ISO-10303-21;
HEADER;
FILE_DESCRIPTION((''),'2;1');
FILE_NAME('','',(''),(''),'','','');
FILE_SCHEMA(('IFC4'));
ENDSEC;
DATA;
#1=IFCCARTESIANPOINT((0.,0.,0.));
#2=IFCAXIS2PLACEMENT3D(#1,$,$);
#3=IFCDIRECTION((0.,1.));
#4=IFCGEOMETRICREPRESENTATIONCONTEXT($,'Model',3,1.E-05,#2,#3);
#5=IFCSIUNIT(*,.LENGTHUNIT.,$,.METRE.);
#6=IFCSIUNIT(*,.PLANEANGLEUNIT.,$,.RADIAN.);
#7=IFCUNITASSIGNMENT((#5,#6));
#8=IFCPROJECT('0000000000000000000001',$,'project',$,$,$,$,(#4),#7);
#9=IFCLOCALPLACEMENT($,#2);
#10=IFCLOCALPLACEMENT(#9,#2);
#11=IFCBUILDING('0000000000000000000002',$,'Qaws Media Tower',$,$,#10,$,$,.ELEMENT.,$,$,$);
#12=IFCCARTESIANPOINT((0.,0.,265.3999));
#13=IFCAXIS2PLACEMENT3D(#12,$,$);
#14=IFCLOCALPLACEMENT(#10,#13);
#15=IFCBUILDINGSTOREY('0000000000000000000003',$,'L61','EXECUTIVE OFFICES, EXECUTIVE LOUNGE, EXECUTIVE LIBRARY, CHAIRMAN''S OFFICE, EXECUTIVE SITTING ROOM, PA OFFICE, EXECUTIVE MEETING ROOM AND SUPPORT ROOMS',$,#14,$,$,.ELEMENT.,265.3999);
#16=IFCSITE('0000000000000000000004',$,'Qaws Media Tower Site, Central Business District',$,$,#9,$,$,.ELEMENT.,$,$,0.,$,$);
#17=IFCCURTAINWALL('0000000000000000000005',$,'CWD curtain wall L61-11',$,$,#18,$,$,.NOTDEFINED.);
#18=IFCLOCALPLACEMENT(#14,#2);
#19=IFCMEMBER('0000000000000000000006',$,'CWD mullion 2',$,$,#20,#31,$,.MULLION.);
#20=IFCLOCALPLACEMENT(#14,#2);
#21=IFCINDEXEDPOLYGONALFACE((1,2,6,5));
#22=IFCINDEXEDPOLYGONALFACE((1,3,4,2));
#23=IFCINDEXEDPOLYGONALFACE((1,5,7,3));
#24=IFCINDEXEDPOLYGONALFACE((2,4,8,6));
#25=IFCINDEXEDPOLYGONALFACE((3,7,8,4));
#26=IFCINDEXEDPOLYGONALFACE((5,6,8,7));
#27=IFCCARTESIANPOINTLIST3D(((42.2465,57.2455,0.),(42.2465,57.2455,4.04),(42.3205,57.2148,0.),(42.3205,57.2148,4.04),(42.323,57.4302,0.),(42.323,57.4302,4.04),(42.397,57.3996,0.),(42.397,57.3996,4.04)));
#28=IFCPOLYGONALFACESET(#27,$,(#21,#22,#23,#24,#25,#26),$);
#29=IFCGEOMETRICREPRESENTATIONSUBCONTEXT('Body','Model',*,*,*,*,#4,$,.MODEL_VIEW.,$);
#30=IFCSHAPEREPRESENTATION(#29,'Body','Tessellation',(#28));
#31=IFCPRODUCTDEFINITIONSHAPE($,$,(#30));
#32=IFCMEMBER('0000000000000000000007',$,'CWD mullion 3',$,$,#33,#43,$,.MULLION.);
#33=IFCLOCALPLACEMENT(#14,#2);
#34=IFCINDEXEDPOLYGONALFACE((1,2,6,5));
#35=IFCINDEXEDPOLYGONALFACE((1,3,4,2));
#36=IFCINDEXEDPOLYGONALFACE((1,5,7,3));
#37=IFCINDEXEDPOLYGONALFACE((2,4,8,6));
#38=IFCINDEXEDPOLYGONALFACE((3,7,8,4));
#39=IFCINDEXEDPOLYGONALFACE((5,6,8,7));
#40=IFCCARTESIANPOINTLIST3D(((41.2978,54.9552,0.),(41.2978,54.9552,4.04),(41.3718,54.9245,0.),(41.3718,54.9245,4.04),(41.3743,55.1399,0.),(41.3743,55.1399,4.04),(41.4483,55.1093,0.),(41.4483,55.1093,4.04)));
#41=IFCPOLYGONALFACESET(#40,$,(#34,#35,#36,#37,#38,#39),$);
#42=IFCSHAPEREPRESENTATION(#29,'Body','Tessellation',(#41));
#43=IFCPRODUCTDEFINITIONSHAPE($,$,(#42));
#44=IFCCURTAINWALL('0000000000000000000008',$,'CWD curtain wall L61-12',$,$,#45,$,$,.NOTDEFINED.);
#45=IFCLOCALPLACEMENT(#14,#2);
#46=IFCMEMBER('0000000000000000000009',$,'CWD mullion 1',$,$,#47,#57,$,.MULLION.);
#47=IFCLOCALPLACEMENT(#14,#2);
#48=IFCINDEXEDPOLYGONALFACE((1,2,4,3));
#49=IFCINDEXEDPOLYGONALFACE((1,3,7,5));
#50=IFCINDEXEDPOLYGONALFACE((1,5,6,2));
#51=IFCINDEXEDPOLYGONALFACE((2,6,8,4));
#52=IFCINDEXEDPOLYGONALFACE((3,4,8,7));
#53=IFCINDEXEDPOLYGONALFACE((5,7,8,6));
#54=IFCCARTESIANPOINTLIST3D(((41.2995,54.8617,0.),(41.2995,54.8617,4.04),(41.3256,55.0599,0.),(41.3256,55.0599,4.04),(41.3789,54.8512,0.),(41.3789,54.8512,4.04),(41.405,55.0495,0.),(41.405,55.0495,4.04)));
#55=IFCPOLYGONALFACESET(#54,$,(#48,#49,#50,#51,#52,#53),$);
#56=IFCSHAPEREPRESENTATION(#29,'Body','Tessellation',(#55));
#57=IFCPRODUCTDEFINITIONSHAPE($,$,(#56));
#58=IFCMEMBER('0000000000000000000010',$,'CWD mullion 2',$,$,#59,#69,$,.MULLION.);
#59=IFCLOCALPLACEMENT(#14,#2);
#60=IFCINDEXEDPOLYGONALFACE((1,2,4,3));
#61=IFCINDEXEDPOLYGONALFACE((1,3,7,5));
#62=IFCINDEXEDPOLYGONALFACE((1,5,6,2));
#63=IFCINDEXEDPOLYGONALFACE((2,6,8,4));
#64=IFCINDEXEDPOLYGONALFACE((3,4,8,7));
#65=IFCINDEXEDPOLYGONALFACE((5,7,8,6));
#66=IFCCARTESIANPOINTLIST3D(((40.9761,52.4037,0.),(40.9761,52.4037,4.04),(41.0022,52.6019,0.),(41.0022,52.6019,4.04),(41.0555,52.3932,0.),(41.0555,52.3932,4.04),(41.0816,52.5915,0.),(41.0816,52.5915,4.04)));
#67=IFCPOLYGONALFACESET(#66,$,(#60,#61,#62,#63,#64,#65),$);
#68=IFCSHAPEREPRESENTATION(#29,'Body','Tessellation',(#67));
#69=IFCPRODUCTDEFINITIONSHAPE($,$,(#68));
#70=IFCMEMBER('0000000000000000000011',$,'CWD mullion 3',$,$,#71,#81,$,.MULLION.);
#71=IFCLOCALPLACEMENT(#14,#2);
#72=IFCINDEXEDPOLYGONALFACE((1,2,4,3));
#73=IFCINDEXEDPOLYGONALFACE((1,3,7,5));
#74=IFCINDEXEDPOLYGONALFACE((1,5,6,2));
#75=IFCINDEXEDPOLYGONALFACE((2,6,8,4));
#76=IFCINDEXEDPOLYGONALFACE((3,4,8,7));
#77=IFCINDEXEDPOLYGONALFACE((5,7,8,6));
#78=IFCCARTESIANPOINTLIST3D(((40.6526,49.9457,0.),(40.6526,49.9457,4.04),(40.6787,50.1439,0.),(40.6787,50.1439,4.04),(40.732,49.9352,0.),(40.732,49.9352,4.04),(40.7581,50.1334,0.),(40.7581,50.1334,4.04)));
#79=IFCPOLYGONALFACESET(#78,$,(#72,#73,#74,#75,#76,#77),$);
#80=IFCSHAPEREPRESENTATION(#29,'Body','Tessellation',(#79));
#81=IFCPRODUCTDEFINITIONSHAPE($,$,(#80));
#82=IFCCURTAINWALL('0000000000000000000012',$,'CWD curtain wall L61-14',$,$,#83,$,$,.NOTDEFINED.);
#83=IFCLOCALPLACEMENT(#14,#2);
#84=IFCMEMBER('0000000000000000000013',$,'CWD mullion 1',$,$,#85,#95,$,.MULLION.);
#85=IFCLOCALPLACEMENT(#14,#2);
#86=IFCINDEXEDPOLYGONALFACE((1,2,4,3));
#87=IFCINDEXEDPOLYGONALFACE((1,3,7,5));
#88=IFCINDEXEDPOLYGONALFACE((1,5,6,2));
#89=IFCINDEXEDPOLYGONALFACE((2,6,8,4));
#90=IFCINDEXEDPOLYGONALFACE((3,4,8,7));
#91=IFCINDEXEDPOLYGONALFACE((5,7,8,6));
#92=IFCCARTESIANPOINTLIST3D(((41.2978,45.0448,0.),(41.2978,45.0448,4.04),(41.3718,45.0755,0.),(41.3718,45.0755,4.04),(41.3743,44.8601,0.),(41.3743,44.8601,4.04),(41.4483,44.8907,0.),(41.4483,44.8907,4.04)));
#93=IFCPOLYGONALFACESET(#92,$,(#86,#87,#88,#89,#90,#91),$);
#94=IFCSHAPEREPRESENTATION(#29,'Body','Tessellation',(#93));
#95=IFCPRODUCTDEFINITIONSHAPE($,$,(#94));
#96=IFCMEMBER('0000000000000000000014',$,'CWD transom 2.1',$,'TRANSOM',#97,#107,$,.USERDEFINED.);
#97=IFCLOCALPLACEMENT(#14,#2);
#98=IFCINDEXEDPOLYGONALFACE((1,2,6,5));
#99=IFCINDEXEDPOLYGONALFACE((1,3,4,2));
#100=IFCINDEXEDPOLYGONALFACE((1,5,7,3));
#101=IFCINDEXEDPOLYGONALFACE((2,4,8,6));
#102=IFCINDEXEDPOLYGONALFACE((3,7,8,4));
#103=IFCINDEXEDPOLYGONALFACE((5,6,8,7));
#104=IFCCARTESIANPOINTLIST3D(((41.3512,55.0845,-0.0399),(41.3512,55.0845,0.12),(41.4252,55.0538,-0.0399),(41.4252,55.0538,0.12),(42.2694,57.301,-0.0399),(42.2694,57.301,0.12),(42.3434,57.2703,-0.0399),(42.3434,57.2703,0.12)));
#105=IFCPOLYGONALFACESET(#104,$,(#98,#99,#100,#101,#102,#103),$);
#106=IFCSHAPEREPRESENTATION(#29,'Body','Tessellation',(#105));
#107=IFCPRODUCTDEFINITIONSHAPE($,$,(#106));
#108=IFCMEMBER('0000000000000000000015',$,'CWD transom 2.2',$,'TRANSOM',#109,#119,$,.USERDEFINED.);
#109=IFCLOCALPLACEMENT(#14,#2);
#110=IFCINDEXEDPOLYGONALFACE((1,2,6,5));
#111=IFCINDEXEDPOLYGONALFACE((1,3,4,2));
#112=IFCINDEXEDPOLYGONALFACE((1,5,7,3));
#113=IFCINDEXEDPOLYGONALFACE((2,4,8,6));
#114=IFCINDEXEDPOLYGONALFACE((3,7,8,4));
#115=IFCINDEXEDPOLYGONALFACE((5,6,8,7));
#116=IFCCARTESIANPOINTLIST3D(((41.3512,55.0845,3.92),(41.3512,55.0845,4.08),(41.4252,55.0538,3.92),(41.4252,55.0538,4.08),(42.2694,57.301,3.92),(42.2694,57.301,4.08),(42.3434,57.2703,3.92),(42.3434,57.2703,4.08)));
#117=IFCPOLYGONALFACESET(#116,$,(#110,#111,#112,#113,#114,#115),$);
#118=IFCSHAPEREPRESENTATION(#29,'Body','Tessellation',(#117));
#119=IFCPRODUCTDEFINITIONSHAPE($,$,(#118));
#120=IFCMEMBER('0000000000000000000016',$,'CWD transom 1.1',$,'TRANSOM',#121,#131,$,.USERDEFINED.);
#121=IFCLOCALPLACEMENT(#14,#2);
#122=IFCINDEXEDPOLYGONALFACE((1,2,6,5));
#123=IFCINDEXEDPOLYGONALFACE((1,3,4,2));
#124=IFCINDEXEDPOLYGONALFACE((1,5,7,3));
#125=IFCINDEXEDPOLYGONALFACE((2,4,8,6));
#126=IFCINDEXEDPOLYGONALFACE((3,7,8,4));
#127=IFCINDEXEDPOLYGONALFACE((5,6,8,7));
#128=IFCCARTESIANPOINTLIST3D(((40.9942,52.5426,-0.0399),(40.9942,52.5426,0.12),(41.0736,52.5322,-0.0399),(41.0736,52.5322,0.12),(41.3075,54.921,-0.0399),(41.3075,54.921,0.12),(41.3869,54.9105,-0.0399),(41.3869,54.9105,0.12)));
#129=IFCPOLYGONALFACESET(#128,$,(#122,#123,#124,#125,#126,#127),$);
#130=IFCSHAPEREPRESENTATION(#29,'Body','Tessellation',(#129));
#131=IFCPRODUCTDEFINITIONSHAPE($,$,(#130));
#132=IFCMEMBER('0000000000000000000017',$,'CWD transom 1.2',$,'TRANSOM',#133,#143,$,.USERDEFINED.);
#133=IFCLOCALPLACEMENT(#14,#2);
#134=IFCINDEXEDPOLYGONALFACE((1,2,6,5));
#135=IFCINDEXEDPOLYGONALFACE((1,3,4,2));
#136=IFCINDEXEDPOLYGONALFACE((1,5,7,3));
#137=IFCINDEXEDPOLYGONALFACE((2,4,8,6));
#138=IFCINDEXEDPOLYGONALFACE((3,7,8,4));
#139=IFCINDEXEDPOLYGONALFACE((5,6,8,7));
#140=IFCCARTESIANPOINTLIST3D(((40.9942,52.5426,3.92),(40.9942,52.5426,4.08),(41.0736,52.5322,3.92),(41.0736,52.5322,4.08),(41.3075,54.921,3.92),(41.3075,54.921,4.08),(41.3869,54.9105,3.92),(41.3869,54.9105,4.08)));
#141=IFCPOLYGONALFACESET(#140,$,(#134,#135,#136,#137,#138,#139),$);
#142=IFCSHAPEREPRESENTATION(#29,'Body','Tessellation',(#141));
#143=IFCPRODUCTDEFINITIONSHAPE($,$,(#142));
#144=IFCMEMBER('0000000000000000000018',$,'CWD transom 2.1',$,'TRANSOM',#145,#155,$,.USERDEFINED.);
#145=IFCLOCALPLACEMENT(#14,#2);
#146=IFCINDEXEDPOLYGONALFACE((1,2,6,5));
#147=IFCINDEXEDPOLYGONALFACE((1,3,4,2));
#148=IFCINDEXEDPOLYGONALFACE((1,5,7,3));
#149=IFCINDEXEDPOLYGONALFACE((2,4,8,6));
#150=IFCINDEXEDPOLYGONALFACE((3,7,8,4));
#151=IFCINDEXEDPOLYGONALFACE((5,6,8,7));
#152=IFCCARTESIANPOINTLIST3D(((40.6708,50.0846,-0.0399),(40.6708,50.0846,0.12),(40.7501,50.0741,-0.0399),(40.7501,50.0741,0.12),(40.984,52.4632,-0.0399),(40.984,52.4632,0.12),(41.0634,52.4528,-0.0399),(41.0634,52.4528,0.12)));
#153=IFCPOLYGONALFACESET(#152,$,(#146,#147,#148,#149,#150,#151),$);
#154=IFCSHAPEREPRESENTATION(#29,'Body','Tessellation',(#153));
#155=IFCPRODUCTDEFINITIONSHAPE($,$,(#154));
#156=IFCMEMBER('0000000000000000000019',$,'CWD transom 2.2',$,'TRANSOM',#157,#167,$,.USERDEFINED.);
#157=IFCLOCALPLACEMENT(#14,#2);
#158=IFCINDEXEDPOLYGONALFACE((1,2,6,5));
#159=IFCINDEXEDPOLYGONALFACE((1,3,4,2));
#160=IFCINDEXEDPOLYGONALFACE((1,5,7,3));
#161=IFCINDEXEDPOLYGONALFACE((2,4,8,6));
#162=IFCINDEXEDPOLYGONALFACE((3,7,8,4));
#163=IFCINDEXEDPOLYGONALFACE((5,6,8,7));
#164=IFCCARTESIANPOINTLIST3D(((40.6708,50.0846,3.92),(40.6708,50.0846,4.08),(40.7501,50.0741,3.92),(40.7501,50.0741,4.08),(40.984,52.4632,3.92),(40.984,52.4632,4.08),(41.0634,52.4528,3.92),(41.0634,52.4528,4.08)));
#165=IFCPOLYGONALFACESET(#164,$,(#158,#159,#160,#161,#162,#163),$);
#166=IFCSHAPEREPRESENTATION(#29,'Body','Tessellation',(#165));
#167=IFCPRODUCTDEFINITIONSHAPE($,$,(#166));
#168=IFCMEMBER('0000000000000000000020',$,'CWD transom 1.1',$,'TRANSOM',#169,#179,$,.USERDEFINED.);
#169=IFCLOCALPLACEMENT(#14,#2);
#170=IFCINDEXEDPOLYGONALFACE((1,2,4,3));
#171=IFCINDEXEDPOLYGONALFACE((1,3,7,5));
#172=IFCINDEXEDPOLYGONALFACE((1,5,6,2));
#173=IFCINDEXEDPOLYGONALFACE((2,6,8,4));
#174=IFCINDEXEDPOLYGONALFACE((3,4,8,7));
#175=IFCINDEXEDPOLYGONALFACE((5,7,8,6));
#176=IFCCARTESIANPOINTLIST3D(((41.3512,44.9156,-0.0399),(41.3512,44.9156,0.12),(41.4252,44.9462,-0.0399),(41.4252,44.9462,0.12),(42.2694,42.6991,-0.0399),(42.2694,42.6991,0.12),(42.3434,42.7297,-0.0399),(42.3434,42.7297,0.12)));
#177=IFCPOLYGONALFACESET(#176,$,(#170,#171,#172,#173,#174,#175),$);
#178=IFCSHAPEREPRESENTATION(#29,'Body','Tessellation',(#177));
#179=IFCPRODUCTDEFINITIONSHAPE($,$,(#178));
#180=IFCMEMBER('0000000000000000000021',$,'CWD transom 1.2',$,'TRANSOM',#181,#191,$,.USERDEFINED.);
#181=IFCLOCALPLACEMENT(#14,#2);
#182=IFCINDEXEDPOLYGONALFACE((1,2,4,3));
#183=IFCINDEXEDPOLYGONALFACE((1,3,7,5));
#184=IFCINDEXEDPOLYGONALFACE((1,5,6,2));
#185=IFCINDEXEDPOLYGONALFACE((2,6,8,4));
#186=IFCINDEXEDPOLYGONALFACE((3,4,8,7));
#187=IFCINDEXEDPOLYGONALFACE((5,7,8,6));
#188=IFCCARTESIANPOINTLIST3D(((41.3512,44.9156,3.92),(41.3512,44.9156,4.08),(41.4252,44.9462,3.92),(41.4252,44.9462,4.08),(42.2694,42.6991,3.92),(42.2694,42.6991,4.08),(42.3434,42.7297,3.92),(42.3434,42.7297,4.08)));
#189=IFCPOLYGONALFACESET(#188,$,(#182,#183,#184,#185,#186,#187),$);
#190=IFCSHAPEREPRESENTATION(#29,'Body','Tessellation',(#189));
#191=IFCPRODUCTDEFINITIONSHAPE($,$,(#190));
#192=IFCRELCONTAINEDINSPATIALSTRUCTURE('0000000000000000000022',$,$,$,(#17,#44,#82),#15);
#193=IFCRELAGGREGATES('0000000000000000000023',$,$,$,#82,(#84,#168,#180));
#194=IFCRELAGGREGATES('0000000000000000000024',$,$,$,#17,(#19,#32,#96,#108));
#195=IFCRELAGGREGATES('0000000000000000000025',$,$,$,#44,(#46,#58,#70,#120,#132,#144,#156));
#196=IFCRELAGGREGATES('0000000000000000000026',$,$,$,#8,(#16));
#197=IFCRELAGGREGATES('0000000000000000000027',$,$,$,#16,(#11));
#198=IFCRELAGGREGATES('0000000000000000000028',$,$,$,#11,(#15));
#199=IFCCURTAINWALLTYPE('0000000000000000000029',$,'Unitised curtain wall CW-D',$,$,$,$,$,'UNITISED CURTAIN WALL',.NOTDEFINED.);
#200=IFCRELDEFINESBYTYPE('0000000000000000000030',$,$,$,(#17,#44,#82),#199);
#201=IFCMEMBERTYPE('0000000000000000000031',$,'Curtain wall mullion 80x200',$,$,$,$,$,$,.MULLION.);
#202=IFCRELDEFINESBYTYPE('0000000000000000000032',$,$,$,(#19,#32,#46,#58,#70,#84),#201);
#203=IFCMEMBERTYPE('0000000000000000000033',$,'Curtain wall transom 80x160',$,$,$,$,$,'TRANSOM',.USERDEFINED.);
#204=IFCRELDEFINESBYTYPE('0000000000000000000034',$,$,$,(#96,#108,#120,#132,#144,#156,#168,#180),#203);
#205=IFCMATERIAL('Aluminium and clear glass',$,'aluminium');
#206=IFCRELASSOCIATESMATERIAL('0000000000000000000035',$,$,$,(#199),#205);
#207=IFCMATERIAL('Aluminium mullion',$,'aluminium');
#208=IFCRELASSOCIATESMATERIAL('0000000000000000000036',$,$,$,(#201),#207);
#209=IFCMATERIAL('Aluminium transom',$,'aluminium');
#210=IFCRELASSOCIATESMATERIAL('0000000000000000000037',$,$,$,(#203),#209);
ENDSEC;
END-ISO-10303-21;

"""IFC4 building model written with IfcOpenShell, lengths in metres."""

from ifc_helpers import new_model, si_unit, direction, frame, origin, origin_2d, place, context, subcontext, project, spatial, rectangle, extrude, material, material_profile, profile_set, type_object, element, aggregate, save


model = new_model("IFC4")

# Units and contexts
model_context = context("Model", 3, precision=1e-05, world=origin(), true_north=direction((0.0, 1.0)))
body_context = subcontext(model_context, "Body", "Model", "MODEL_VIEW")
ifc_project = project(units=[si_unit("LENGTHUNIT", "METRE"), si_unit("PLANEANGLEUNIT", "RADIAN")], contexts=[model_context])

# Site, building, storey
site_placement = place(None, origin())
site = spatial("IfcSite", under=ifc_project, at=site_placement, Name="Qaws Media Tower Site, Central Business District", CompositionType="ELEMENT", RefElevation=0.0)
building_placement = place(site_placement, origin())
building = spatial("IfcBuilding", under=site, at=building_placement, Name="Qaws Media Tower", CompositionType="ELEMENT")
storey_placement = place(building_placement, frame((0.0, 0.0, 265.3999)))
storey = spatial("IfcBuildingStorey", under=building, at=storey_placement, Name="L61", Description="EXECUTIVE OFFICES, EXECUTIVE LOUNGE, EXECUTIVE LIBRARY, CHAIRMAN'S OFFICE, EXECUTIVE SITTING ROOM, PA OFFICE, EXECUTIVE MEETING ROOM AND SUPPORT ROOMS", CompositionType="ELEMENT", Elevation=265.3999)

# Curtain walls, members
ifc_material_1 = material(Name="Aluminium and clear glass", Category="aluminium")
curtain_wall_type = type_object("IfcCurtainWallType", Name="Unitised curtain wall CW-D", ElementType="UNITISED CURTAIN WALL", PredefinedType="NOTDEFINED", material=ifc_material_1)
curtain_wall_1_placement = place(storey_placement, origin())
curtain_wall_1 = element("IfcCurtainWall", 1, at=curtain_wall_1_placement, inside=storey, type_object=curtain_wall_type, Name="CWD curtain wall L61-11", PredefinedType="NOTDEFINED")
ifc_material_2 = material(Name="Aluminium mullion", Category="aluminium")
ifc_material_profile_1 = material_profile(ifc_material_2, rectangle(XDim=0.0801, YDim=0.2, at=origin_2d()), Name="80x200")
ifc_profile_set_1 = profile_set([ifc_material_profile_1], Name="Aluminium mullion")
member_type_1 = type_object("IfcMemberType", Name="Curtain wall mullion 80x200", PredefinedType="MULLION", material=ifc_profile_set_1)
member_1_placement = place(storey_placement, frame((42.3218, 57.3225, 0.0), z_axis=(0.0, 0.0, 1.0), x_axis=(0.92388, -0.382683, 0.0)))
member_1 = element("IfcMember", 2, at=member_1_placement, type_object=member_type_1, Name="CWD mullion 2", PredefinedType="MULLION", context=body_context, shape_type="SweptSolid", body=[
    extrude(rectangle(XDim=0.0801, YDim=0.2, at=origin_2d()), origin(), (0.0, 0.0, 1.0), 4.04),
])
member_2_placement = place(storey_placement, frame((41.373, 55.0322, 0.0), z_axis=(0.0, 0.0, 1.0), x_axis=(0.92388, -0.382683, 0.0)))
member_2 = element("IfcMember", 3, at=member_2_placement, type_object=member_type_1, Name="CWD mullion 3", PredefinedType="MULLION", context=body_context, shape_type="SweptSolid", body=[
    extrude(rectangle(XDim=0.0801, YDim=0.2, at=origin_2d()), origin(), (0.0, 0.0, 1.0), 4.04),
])
curtain_wall_2_placement = place(storey_placement, origin())
curtain_wall_2 = element("IfcCurtainWall", 4, at=curtain_wall_2_placement, inside=storey, type_object=curtain_wall_type, Name="CWD curtain wall L61-12", PredefinedType="NOTDEFINED")
member_3_placement = place(storey_placement, frame((41.3523, 54.9556, 0.0), z_axis=(0.0, 0.0, 1.0), x_axis=(0.991445, -0.130526, 0.0)))
member_3 = element("IfcMember", 5, at=member_3_placement, type_object=member_type_1, Name="CWD mullion 1", PredefinedType="MULLION", context=body_context, shape_type="SweptSolid", body=[
    extrude(rectangle(XDim=0.0801, YDim=0.2, at=origin_2d()), origin(), (0.0, 0.0, 1.0), 4.04),
])
member_4_placement = place(storey_placement, frame((41.0288, 52.4976, 0.0), z_axis=(0.0, 0.0, 1.0), x_axis=(0.991445, -0.130526, 0.0)))
member_4 = element("IfcMember", 6, at=member_4_placement, type_object=member_type_1, Name="CWD mullion 2", PredefinedType="MULLION", context=body_context, shape_type="SweptSolid", body=[
    extrude(rectangle(XDim=0.0801, YDim=0.2, at=origin_2d()), origin(), (0.0, 0.0, 1.0), 4.04),
])
member_5_placement = place(storey_placement, frame((40.7053, 50.0396, 0.0), z_axis=(0.0, 0.0, 1.0), x_axis=(0.991445, -0.130526, 0.0)))
member_5 = element("IfcMember", 7, at=member_5_placement, type_object=member_type_1, Name="CWD mullion 3", PredefinedType="MULLION", context=body_context, shape_type="SweptSolid", body=[
    extrude(rectangle(XDim=0.0801, YDim=0.2, at=origin_2d()), origin(), (0.0, 0.0, 1.0), 4.04),
])

# Curtain wall, member
curtain_wall_3_placement = place(storey_placement, origin())
curtain_wall_3 = element("IfcCurtainWall", 8, at=curtain_wall_3_placement, inside=storey, type_object=curtain_wall_type, Name="CWD curtain wall L61-14", PredefinedType="NOTDEFINED")
member_6_placement = place(storey_placement, frame((41.373, 44.9678, 0.0), z_axis=(0.0, 0.0, 1.0), x_axis=(0.92388, 0.382683, 0.0)))
member_6 = element("IfcMember", 9, at=member_6_placement, type_object=member_type_1, Name="CWD mullion 1", PredefinedType="MULLION", context=body_context, shape_type="SweptSolid", body=[
    extrude(rectangle(XDim=0.0801, YDim=0.2, at=origin_2d()), origin(), (0.0, 0.0, 1.0), 4.04),
])

# Members
ifc_material_3 = material(Name="Aluminium transom", Category="aluminium")
ifc_material_profile_2 = material_profile(ifc_material_3, rectangle(XDim=0.0801, YDim=0.1599, at=origin_2d()), Name="80x160")
ifc_profile_set_2 = profile_set([ifc_material_profile_2], Name="Aluminium transom")
member_type_2 = type_object("IfcMemberType", Name="Curtain wall transom 80x160", ElementType="TRANSOM", PredefinedType="USERDEFINED", material=ifc_profile_set_2)
member_7_placement = place(storey_placement, frame((42.3064, 57.2856, 0.04), z_axis=(-0.382714, -0.923867, 0.0), x_axis=(0.923867, -0.382714, 0.0)))
member_7 = element("IfcMember", 10, at=member_7_placement, type_object=member_type_2, Name="CWD transom 2.1", ObjectType="TRANSOM", PredefinedType="USERDEFINED", context=body_context, shape_type="SweptSolid", body=[
    extrude(rectangle(XDim=0.0801, YDim=0.1599, at=origin_2d()), origin(), (0.0, 0.0, 1.0), 2.3992),
])
member_8_placement = place(storey_placement, frame((42.3064, 57.2856, 4.0), z_axis=(-0.382714, -0.923867, 0.0), x_axis=(0.923867, -0.382714, 0.0)))
member_8 = element("IfcMember", 11, at=member_8_placement, type_object=member_type_2, Name="CWD transom 2.2", ObjectType="TRANSOM", PredefinedType="USERDEFINED", context=body_context, shape_type="SweptSolid", body=[
    extrude(rectangle(XDim=0.0801, YDim=0.1599, at=origin_2d()), origin(), (0.0, 0.0, 1.0), 2.3992),
])
member_9_placement = place(storey_placement, frame((41.3472, 54.9158, 0.04), z_axis=(-0.13057, -0.991439, 0.0), x_axis=(0.991439, -0.13057, 0.0)))
member_9 = element("IfcMember", 12, at=member_9_placement, type_object=member_type_2, Name="CWD transom 1.1", ObjectType="TRANSOM", PredefinedType="USERDEFINED", context=body_context, shape_type="SweptSolid", body=[
    extrude(rectangle(XDim=0.0801, YDim=0.1599, at=origin_2d()), origin(), (0.0, 0.0, 1.0), 2.3989),
])
member_10_placement = place(storey_placement, frame((41.3472, 54.9158, 4.0), z_axis=(-0.13057, -0.991439, 0.0), x_axis=(0.991439, -0.13057, 0.0)))
member_10 = element("IfcMember", 13, at=member_10_placement, type_object=member_type_2, Name="CWD transom 1.2", ObjectType="TRANSOM", PredefinedType="USERDEFINED", context=body_context, shape_type="SweptSolid", body=[
    extrude(rectangle(XDim=0.0801, YDim=0.1599, at=origin_2d()), origin(), (0.0, 0.0, 1.0), 2.3989),
])
member_11_placement = place(storey_placement, frame((41.0237, 52.458, 0.04), z_axis=(-0.130557, -0.991441, 0.0), x_axis=(0.991441, -0.130557, 0.0)))
member_11 = element("IfcMember", 14, at=member_11_placement, type_object=member_type_2, Name="CWD transom 2.1", ObjectType="TRANSOM", PredefinedType="USERDEFINED", context=body_context, shape_type="SweptSolid", body=[
    extrude(rectangle(XDim=0.0801, YDim=0.1599, at=origin_2d()), origin(), (0.0, 0.0, 1.0), 2.3992),
])
member_12_placement = place(storey_placement, frame((41.0237, 52.458, 4.0), z_axis=(-0.130557, -0.991441, 0.0), x_axis=(0.991441, -0.130557, 0.0)))
member_12 = element("IfcMember", 15, at=member_12_placement, type_object=member_type_2, Name="CWD transom 2.2", ObjectType="TRANSOM", PredefinedType="USERDEFINED", context=body_context, shape_type="SweptSolid", body=[
    extrude(rectangle(XDim=0.0801, YDim=0.1599, at=origin_2d()), origin(), (0.0, 0.0, 1.0), 2.3992),
])
member_13_placement = place(storey_placement, frame((41.3882, 44.9309, 0.04), z_axis=(0.382714, -0.923867, 0.0), x_axis=(0.923867, 0.382714, 0.0)))
member_13 = element("IfcMember", 16, at=member_13_placement, type_object=member_type_2, Name="CWD transom 1.1", ObjectType="TRANSOM", PredefinedType="USERDEFINED", context=body_context, shape_type="SweptSolid", body=[
    extrude(rectangle(XDim=0.0801, YDim=0.1599, at=origin_2d()), origin(), (0.0, 0.0, 1.0), 2.3992),
])
member_14_placement = place(storey_placement, frame((41.3882, 44.9309, 4.0), z_axis=(0.382714, -0.923867, 0.0), x_axis=(0.923867, 0.382714, 0.0)))
member_14 = element("IfcMember", 17, at=member_14_placement, type_object=member_type_2, Name="CWD transom 1.2", ObjectType="TRANSOM", PredefinedType="USERDEFINED", context=body_context, shape_type="SweptSolid", body=[
    extrude(rectangle(XDim=0.0801, YDim=0.1599, at=origin_2d()), origin(), (0.0, 0.0, 1.0), 2.3992),
])
aggregate(curtain_wall_3, [member_6, member_13, member_14])

aggregate(curtain_wall_1, [member_1, member_2, member_7, member_8])
aggregate(curtain_wall_2, [member_3, member_4, member_5, member_9, member_10, member_11, member_12])

save(model, "model.ifc")
